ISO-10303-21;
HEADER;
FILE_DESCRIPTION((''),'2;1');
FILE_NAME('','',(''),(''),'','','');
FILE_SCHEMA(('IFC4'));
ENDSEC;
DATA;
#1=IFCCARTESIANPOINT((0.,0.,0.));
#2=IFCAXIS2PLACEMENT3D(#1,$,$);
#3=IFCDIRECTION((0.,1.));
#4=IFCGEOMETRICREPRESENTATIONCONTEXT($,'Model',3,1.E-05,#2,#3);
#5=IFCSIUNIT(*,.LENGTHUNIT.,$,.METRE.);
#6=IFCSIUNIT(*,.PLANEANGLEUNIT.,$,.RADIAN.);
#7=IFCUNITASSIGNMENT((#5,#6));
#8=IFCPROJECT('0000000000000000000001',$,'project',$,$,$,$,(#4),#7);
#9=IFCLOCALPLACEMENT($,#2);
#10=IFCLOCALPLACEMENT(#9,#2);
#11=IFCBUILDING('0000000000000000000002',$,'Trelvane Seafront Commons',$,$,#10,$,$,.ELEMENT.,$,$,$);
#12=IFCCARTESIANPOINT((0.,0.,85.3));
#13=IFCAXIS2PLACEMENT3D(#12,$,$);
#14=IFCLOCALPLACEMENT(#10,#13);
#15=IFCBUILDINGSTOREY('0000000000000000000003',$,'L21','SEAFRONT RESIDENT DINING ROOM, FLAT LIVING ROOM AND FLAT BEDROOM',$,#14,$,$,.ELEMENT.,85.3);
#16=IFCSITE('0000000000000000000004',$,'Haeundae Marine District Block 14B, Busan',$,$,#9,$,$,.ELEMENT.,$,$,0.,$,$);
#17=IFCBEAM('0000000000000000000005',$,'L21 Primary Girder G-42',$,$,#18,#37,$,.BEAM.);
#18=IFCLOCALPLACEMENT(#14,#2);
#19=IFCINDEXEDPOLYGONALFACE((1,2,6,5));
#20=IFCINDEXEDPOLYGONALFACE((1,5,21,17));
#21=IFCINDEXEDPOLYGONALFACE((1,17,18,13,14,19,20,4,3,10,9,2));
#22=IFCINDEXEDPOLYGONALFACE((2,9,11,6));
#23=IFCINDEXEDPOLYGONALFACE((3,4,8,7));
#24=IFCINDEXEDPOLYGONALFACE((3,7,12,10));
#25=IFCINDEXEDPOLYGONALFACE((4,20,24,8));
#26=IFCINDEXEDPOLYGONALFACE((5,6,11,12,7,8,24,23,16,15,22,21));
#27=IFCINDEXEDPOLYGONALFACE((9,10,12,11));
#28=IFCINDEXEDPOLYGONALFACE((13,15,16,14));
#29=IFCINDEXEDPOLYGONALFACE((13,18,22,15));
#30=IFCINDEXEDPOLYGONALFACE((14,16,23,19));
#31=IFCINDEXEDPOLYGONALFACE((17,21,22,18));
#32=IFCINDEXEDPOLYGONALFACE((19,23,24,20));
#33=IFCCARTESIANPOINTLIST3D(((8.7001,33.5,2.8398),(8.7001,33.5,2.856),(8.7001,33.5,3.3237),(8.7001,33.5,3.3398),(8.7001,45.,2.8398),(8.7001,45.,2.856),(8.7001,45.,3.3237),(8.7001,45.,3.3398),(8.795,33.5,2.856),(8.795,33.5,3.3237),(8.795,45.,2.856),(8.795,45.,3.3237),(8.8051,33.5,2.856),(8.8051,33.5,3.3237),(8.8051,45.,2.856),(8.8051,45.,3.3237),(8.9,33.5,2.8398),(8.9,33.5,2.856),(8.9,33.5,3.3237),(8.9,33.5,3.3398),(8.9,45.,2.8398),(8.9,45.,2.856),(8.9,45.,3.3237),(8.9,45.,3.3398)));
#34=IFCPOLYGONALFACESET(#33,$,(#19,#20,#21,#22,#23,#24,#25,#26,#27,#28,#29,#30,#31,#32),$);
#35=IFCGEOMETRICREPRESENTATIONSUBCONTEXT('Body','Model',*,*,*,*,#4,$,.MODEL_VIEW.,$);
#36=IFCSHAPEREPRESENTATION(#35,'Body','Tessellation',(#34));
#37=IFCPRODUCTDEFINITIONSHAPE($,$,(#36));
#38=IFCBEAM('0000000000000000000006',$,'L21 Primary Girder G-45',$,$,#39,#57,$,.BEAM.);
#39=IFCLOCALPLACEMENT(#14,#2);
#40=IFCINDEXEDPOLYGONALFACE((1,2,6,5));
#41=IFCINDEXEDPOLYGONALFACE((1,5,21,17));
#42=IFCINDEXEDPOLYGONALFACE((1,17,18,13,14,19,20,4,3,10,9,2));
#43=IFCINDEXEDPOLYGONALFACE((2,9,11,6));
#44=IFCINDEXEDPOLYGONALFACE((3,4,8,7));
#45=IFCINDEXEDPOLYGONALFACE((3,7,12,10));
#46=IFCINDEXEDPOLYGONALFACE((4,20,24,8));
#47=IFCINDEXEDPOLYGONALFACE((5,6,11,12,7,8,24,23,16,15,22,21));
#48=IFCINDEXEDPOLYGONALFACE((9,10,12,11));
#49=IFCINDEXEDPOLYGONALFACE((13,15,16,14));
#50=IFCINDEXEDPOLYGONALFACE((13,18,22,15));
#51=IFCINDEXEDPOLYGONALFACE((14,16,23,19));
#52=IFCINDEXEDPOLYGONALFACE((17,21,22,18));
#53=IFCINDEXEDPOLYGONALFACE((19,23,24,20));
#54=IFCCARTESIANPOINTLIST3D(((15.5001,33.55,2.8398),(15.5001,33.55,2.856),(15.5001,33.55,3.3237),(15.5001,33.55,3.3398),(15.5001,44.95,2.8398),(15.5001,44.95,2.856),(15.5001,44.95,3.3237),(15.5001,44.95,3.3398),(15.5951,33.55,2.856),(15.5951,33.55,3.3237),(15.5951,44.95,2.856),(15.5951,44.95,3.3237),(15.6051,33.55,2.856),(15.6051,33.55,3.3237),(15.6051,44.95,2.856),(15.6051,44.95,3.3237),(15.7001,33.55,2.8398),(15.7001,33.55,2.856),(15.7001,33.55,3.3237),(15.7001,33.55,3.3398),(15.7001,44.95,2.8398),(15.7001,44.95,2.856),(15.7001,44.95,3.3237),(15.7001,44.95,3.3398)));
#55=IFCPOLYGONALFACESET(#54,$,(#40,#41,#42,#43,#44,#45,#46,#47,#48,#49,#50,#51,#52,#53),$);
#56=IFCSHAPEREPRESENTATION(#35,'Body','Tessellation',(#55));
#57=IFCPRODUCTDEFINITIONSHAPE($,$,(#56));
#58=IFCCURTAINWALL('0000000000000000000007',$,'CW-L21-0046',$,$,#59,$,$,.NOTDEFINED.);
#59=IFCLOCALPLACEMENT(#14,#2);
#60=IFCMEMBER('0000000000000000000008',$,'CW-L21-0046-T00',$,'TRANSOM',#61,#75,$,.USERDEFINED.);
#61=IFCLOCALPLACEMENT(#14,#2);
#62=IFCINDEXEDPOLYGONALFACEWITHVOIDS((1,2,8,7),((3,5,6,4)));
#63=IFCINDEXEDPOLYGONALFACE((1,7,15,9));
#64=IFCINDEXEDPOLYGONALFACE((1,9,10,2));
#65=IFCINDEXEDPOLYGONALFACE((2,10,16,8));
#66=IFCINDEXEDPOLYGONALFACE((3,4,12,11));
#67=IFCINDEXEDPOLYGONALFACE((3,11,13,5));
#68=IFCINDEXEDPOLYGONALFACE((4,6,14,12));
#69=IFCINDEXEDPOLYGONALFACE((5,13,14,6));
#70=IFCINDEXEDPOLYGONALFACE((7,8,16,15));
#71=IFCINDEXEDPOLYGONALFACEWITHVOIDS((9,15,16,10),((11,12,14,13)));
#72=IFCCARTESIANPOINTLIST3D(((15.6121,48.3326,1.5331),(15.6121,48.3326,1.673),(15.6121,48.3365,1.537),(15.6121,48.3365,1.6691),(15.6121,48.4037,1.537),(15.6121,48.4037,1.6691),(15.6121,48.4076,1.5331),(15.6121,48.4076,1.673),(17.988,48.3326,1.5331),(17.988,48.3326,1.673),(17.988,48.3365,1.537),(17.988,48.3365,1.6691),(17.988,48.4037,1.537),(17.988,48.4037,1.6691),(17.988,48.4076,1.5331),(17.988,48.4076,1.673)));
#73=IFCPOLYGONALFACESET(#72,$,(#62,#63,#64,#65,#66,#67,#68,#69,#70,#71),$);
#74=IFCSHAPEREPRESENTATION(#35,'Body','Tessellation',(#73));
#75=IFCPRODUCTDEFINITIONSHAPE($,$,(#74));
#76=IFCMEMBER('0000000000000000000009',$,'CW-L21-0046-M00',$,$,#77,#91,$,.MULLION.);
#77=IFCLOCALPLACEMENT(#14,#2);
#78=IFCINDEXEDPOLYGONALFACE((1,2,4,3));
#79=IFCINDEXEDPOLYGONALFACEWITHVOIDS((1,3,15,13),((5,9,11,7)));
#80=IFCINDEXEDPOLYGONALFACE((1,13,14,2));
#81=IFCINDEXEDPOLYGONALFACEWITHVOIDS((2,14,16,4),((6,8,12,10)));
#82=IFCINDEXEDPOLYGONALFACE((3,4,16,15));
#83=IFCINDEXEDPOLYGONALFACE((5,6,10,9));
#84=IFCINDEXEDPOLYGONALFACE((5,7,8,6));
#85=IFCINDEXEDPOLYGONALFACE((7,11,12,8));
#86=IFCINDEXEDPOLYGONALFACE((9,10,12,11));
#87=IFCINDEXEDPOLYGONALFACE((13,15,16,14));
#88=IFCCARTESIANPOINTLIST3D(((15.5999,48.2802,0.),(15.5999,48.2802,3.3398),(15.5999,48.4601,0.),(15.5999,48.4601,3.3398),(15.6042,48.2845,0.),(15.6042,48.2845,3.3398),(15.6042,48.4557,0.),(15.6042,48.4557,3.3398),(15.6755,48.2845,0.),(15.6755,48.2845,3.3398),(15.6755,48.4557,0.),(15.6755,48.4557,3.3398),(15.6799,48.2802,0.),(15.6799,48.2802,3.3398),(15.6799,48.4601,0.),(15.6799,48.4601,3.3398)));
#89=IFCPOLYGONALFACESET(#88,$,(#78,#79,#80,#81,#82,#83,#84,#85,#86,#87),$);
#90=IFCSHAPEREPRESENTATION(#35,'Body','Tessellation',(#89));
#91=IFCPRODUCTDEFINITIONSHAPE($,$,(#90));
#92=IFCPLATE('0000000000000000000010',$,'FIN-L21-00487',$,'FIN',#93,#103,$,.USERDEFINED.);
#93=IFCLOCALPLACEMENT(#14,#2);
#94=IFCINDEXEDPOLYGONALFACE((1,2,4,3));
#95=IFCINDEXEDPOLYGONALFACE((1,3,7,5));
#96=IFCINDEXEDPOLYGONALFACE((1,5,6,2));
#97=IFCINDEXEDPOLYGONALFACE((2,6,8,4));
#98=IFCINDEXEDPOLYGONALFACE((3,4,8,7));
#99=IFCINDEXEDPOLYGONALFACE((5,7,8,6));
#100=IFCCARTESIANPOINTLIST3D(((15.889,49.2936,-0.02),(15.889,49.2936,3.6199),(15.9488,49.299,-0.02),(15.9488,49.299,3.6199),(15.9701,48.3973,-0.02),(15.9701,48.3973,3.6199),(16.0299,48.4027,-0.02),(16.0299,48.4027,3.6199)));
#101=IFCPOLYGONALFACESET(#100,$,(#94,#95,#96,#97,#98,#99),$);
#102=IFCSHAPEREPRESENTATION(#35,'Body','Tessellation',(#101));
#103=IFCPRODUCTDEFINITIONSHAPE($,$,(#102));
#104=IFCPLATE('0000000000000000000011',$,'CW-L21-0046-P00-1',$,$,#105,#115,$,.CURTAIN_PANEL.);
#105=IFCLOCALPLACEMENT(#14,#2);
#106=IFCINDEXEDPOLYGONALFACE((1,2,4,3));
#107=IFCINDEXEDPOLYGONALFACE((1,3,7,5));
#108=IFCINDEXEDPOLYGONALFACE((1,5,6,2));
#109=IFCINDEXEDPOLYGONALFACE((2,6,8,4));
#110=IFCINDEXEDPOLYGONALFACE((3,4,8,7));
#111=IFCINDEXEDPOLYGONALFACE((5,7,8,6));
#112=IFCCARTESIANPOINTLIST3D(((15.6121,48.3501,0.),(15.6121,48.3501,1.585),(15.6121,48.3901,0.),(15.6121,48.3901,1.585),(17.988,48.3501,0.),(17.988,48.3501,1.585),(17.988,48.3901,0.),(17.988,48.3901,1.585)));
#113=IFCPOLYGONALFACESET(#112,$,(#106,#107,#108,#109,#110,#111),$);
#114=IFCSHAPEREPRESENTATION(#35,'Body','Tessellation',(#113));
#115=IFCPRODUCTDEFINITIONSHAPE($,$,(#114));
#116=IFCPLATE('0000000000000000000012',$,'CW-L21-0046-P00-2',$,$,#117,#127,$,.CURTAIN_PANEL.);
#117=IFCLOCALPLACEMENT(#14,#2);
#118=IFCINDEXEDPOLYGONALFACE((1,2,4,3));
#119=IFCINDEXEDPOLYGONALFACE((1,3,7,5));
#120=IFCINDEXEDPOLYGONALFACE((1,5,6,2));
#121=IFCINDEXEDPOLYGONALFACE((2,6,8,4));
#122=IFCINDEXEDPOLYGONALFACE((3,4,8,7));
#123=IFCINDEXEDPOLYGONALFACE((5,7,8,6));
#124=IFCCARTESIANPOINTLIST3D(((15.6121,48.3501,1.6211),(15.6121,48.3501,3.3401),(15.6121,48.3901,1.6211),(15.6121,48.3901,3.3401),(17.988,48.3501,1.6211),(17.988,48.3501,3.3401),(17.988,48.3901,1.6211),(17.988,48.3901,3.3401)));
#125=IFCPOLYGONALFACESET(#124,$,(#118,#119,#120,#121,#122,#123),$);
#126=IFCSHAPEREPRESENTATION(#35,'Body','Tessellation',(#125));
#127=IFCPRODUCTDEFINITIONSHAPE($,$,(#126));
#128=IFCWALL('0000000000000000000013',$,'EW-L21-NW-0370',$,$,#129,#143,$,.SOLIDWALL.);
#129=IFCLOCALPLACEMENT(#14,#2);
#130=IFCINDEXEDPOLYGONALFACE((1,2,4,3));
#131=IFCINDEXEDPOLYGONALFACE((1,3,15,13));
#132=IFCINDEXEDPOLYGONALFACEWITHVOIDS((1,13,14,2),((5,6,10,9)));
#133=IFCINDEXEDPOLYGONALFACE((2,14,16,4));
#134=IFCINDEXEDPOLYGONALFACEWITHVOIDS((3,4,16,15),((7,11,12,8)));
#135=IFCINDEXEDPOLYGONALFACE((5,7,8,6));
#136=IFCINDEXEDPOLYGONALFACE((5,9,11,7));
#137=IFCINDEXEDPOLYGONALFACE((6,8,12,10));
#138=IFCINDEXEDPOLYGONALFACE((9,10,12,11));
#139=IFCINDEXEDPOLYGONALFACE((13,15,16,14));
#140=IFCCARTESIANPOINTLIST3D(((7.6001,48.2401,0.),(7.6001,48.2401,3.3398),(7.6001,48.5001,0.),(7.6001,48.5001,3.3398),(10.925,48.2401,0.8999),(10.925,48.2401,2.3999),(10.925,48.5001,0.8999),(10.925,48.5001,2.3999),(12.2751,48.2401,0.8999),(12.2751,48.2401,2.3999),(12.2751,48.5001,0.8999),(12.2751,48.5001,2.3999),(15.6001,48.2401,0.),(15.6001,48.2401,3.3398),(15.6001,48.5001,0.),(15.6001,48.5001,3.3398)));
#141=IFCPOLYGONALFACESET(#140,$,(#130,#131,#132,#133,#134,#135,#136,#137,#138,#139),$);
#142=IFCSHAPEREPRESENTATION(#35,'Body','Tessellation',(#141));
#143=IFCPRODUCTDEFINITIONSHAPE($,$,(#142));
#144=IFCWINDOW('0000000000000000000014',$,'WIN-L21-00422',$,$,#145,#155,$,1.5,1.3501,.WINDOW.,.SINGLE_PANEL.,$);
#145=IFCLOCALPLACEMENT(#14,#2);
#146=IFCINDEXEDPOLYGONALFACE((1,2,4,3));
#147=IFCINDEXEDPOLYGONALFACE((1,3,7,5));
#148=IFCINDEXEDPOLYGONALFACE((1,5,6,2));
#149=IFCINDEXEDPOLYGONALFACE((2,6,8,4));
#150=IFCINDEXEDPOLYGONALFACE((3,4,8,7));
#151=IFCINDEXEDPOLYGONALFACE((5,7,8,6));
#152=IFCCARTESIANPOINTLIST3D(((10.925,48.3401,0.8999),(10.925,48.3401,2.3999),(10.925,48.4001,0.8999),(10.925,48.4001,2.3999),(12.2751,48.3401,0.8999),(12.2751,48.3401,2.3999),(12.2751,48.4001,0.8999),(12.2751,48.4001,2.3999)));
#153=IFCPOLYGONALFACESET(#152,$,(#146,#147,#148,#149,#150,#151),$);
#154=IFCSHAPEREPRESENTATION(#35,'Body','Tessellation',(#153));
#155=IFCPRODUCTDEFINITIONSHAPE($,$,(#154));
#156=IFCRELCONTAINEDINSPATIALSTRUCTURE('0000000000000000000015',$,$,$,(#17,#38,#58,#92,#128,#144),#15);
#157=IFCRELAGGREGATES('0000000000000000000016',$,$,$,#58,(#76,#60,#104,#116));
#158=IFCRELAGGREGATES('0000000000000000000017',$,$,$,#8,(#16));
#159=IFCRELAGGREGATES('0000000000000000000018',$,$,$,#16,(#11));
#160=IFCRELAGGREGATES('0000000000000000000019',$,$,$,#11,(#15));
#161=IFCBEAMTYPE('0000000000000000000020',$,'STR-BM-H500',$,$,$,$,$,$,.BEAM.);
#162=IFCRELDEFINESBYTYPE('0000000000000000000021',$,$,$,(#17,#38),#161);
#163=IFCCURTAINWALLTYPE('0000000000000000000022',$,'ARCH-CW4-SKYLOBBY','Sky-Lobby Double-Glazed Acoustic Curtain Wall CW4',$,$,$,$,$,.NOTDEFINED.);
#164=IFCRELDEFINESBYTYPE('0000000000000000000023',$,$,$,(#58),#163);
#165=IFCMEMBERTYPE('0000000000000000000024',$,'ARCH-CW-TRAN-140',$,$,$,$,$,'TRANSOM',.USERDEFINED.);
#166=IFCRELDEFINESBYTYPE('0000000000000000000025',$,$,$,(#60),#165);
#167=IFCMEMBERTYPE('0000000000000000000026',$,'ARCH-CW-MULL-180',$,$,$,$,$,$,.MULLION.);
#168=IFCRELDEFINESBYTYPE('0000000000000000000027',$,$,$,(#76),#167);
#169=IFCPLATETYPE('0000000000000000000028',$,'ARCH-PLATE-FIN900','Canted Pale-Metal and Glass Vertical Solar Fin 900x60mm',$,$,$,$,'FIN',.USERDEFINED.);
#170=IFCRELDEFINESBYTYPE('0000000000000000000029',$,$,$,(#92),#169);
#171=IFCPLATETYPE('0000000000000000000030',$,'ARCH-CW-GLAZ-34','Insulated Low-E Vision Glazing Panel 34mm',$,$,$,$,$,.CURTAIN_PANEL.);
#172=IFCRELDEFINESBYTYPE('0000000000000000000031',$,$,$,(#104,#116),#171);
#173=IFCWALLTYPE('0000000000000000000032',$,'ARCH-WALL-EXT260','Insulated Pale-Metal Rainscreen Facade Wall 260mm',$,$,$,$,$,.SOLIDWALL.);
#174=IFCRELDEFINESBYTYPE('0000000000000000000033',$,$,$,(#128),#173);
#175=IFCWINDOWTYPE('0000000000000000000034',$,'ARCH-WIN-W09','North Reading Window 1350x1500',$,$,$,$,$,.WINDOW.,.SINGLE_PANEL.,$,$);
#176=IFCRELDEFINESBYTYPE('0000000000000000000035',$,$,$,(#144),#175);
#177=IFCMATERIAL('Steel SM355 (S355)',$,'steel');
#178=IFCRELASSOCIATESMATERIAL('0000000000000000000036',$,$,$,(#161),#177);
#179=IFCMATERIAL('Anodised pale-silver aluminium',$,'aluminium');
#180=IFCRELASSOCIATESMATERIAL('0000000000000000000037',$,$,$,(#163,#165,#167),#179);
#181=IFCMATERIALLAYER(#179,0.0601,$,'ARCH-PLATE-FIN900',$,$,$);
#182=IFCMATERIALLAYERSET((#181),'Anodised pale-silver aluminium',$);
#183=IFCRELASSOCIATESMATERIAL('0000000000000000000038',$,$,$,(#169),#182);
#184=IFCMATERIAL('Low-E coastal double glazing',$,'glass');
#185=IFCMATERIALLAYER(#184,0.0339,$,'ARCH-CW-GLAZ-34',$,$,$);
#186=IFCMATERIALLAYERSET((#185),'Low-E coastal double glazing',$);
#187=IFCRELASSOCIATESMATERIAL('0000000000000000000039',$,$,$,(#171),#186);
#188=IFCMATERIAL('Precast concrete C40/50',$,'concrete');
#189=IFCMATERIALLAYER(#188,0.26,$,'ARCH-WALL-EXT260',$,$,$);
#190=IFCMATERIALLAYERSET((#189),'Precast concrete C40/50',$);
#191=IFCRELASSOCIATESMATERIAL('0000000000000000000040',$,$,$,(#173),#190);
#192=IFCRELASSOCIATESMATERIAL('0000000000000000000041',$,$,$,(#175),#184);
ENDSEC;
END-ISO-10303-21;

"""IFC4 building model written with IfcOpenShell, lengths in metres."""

from ifc_helpers import new_model, si_unit, direction, frame, frame_2d, origin, origin_2d, place, context, subcontext, project, spatial, rectangle, hollow_rectangle, i_section, extrude, source, transform, mapped, material, layer, layer_set, material_profile, profile_set, type_object, element, fill, aggregate, save


model = new_model("IFC4")

# Units and contexts
model_context = context("Model", 3, precision=1e-05, world=origin(), true_north=direction((0.0, 1.0)))
body_context = subcontext(model_context, "Body", "Model", "MODEL_VIEW")
ifc_project = project(units=[si_unit("LENGTHUNIT", "METRE"), si_unit("PLANEANGLEUNIT", "RADIAN")], contexts=[model_context])

# Site, building, storey
site_placement = place(None, origin())
site = spatial("IfcSite", under=ifc_project, at=site_placement, Name="Haeundae Marine District Block 14B, Busan", CompositionType="ELEMENT", RefElevation=0.0)
building_placement = place(site_placement, origin())
building = spatial("IfcBuilding", under=site, at=building_placement, Name="Trelvane Seafront Commons", CompositionType="ELEMENT")
storey_placement = place(building_placement, frame((0.0, 0.0, 85.3)))
storey = spatial("IfcBuildingStorey", under=building, at=storey_placement, Name="L21", Description="SEAFRONT RESIDENT DINING ROOM, FLAT LIVING ROOM AND FLAT BEDROOM", CompositionType="ELEMENT", Elevation=85.3)

# Shared definitions
ifc_material_1 = material(Name="Steel SM355 (S355)", Category="steel")

# Beams
ifc_material_profile_1 = material_profile(ifc_material_1, i_section(OverallWidth=0.2, OverallDepth=0.5, WebThickness=0.01, FlangeThickness=0.0161, at=origin_2d()), Name="H-500x200x10x16")
ifc_profile_set_1 = profile_set([ifc_material_profile_1], Name="Steel SM355 (S355)")
beam_type_1 = type_object("IfcBeamType", Name="STR-BM-H500", PredefinedType="BEAM", material=ifc_profile_set_1)
shared_shape_1 = source(origin(), body_context, "Body", "SweptSolid", [
    extrude(i_section(OverallWidth=0.2, OverallDepth=0.5, WebThickness=0.01, FlangeThickness=0.0161, at=origin_2d()), origin(), (0.0, 0.0, 1.0), 11.5),
])
for number, where, z_axis, x_axis, name in (
    (1, (8.8, 33.5, 3.0898), (0.0, 1.0, 0.0), (-1.0, 0.0, 0.0), "L21 Primary Girder G-42"),
):
    element("IfcBeam", number, at=place(storey_placement, frame(where, z_axis=z_axis, x_axis=x_axis)), inside=storey, type_object=beam_type_1, Name=name, PredefinedType="BEAM", context=body_context, shape_type="MappedRepresentation", body=[
        mapped(shared_shape_1, transform((0.0, 0.0, 0.0), x_axis=(1.0, 0.0, 0.0), y_axis=(0.0, 1.0, 0.0), z_axis=(0.0, 0.0, 1.0), scale=1.0)),
    ])
shared_shape_2 = source(origin(), body_context, "Body", "SweptSolid", [
    extrude(i_section(OverallWidth=0.2, OverallDepth=0.5, WebThickness=0.01, FlangeThickness=0.0161, at=origin_2d()), origin(), (0.0, 0.0, 1.0), 11.3999),
])
beam_1_placement = place(storey_placement, frame((15.6001, 33.55, 3.0898), z_axis=(0.0, 1.0, 0.0), x_axis=(-1.0, 0.0, 0.0)))
element("IfcBeam", 2, at=beam_1_placement, inside=storey, type_object=beam_type_1, Name="L21 Primary Girder G-45", PredefinedType="BEAM", context=body_context, shape_type="MappedRepresentation", body=[
    mapped(shared_shape_2, transform((0.0, 0.0, 0.0), x_axis=(1.0, 0.0, 0.0), y_axis=(0.0, 1.0, 0.0), z_axis=(0.0, 0.0, 1.0), scale=1.0)),
])

# Curtain wall, members
ifc_material_2 = material(Name="Anodised pale-silver aluminium", Category="aluminium")
curtain_wall_type = type_object("IfcCurtainWallType", Name="ARCH-CW4-SKYLOBBY", Description="Sky-Lobby Double-Glazed Acoustic Curtain Wall CW4", PredefinedType="NOTDEFINED", material=ifc_material_2)
curtain_wall_placement = place(storey_placement, origin())
curtain_wall = element("IfcCurtainWall", 3, at=curtain_wall_placement, inside=storey, type_object=curtain_wall_type, Name="CW-L21-0046", PredefinedType="NOTDEFINED")
ifc_material_profile_2 = material_profile(ifc_material_2, hollow_rectangle(XDim=0.075, YDim=0.1399, WallThickness=0.0039, at=origin_2d()), Name="TRAN-75x140x4")
ifc_profile_set_2 = profile_set([ifc_material_profile_2], Name="Anodised pale-silver aluminium")
member_type_1 = type_object("IfcMemberType", Name="ARCH-CW-TRAN-140", ElementType="TRANSOM", PredefinedType="USERDEFINED", material=ifc_profile_set_2)
shared_shape_3 = source(origin(), body_context, "Body", "SweptSolid", [
    extrude(hollow_rectangle(XDim=0.075, YDim=0.1399, WallThickness=0.0039, at=origin_2d()), origin(), (0.0, 0.0, 1.0), 2.376),
])
member_1_placement = place(storey_placement, frame((15.6121, 48.3701, 1.603), z_axis=(1.0, 0.0, 0.0), x_axis=(0.0, 1.0, 0.0)))
member_1 = element("IfcMember", 4, at=member_1_placement, type_object=member_type_1, Name="CW-L21-0046-T00", ObjectType="TRANSOM", PredefinedType="USERDEFINED", context=body_context, shape_type="MappedRepresentation", body=[
    mapped(shared_shape_3, transform((0.0, 0.0, 0.0), x_axis=(1.0, 0.0, 0.0), y_axis=(0.0, 1.0, 0.0), z_axis=(0.0, 0.0, 1.0), scale=1.0)),
])
ifc_material_profile_3 = material_profile(ifc_material_2, hollow_rectangle(XDim=0.0801, YDim=0.1799, WallThickness=0.0044, at=origin_2d()), Name="MULL-80x180x4.5")
ifc_profile_set_3 = profile_set([ifc_material_profile_3], Name="Anodised pale-silver aluminium")
member_type_2 = type_object("IfcMemberType", Name="ARCH-CW-MULL-180", PredefinedType="MULLION", material=ifc_profile_set_3)
shared_shape_4 = source(origin(), body_context, "Body", "SweptSolid", [
    extrude(hollow_rectangle(XDim=0.0801, YDim=0.1799, WallThickness=0.0044, at=origin_2d()), origin(), (0.0, 0.0, 1.0), 3.3398),
])
member_2_placement = place(storey_placement, frame((15.6399, 48.3701, 0.0), z_axis=(0.0, 0.0, 1.0), x_axis=(1.0, 0.0, 0.0)))
member_2 = element("IfcMember", 5, at=member_2_placement, type_object=member_type_2, Name="CW-L21-0046-M00", PredefinedType="MULLION", context=body_context, shape_type="MappedRepresentation", body=[
    mapped(shared_shape_4, transform((0.0, 0.0, 0.0), x_axis=(1.0, 0.0, 0.0), y_axis=(0.0, 1.0, 0.0), z_axis=(0.0, 0.0, 1.0), scale=1.0)),
])

# Plates
ifc_layer_1 = layer(ifc_material_2, 0.0601, Name="ARCH-PLATE-FIN900")
ifc_layer_set_1 = layer_set([ifc_layer_1], Name="Anodised pale-silver aluminium")
plate_type_1 = type_object("IfcPlateType", Name="ARCH-PLATE-FIN900", Description="Canted Pale-Metal and Glass Vertical Solar Fin 900x60mm", ElementType="FIN", PredefinedType="USERDEFINED", material=ifc_layer_set_1)
shared_shape_5 = source(origin(), body_context, "Body", "SweptSolid", [
    extrude(rectangle(XDim=0.8999, YDim=0.0601, at=origin_2d()), origin(), (0.0, 0.0, 1.0), 3.6399),
])
plate_1_placement = place(storey_placement, frame((15.9595, 48.8481, -0.02), z_axis=(0.0, 0.0, 1.0), x_axis=(-0.090115, 0.995931, 0.0)))
element("IfcPlate", 6, at=plate_1_placement, inside=storey, type_object=plate_type_1, Name="FIN-L21-00487", ObjectType="FIN", PredefinedType="USERDEFINED", context=body_context, shape_type="MappedRepresentation", body=[
    mapped(shared_shape_5, transform((0.0, 0.0, 0.0), x_axis=(1.0, 0.0, 0.0), y_axis=(0.0, 1.0, 0.0), z_axis=(0.0, 0.0, 1.0), scale=1.0)),
])
ifc_material_3 = material(Name="Low-E coastal double glazing", Category="glass")
ifc_layer_2 = layer(ifc_material_3, 0.0339, Name="ARCH-CW-GLAZ-34")
ifc_layer_set_2 = layer_set([ifc_layer_2], Name="Low-E coastal double glazing")
plate_type_2 = type_object("IfcPlateType", Name="ARCH-CW-GLAZ-34", Description="Insulated Low-E Vision Glazing Panel 34mm", PredefinedType="CURTAIN_PANEL", material=ifc_layer_set_2)
shared_shape_6 = source(origin(), body_context, "Body", "SweptSolid", [
    extrude(rectangle(XDim=2.376, YDim=0.04, at=origin_2d()), origin(), (0.0, 0.0, 1.0), 1.585),
])
plate_2_placement = place(storey_placement, frame((16.8, 48.3701, 0.0), z_axis=(0.0, 0.0, 1.0), x_axis=(1.0, 0.0, 0.0)))
plate_2 = element("IfcPlate", 7, at=plate_2_placement, type_object=plate_type_2, Name="CW-L21-0046-P00-1", PredefinedType="CURTAIN_PANEL", context=body_context, shape_type="MappedRepresentation", body=[
    mapped(shared_shape_6, transform((0.0, 0.0, 0.0), x_axis=(1.0, 0.0, 0.0), y_axis=(0.0, 1.0, 0.0), z_axis=(0.0, 0.0, 1.0), scale=1.0)),
])
shared_shape_7 = source(origin(), body_context, "Body", "SweptSolid", [
    extrude(rectangle(XDim=2.376, YDim=0.04, at=origin_2d()), origin(), (0.0, 0.0, 1.0), 1.719),
])
plate_3_placement = place(storey_placement, frame((16.8, 48.3701, 1.6211), z_axis=(0.0, 0.0, 1.0), x_axis=(1.0, 0.0, 0.0)))
plate_3 = element("IfcPlate", 8, at=plate_3_placement, type_object=plate_type_2, Name="CW-L21-0046-P00-2", PredefinedType="CURTAIN_PANEL", context=body_context, shape_type="MappedRepresentation", body=[
    mapped(shared_shape_7, transform((0.0, 0.0, 0.0), x_axis=(1.0, 0.0, 0.0), y_axis=(0.0, 1.0, 0.0), z_axis=(0.0, 0.0, 1.0), scale=1.0)),
])
aggregate(curtain_wall, [member_2, member_1, plate_2, plate_3])

# Wall, opening, window
ifc_material_4 = material(Name="Precast concrete C40/50", Category="concrete")
ifc_layer_3 = layer(ifc_material_4, 0.26, Name="ARCH-WALL-EXT260")
ifc_layer_set_3 = layer_set([ifc_layer_3], Name="Precast concrete C40/50")
wall_type_1 = type_object("IfcWallType", Name="ARCH-WALL-EXT260", Description="Insulated Pale-Metal Rainscreen Facade Wall 260mm", PredefinedType="SOLIDWALL", material=ifc_layer_set_3)
wall_1_placement = place(storey_placement, frame((7.6001, 48.3701, 0.0), z_axis=(0.0, 0.0, 1.0), x_axis=(1.0, 0.0, 0.0)))
wall_1 = element("IfcWall", 9, at=wall_1_placement, inside=storey, type_object=wall_type_1, Name="EW-L21-NW-0370", PredefinedType="SOLIDWALL", context=body_context, shape_type="SweptSolid", body=[
    extrude(rectangle(XDim=8.0, YDim=0.26, at=frame_2d((4.0, 0.0))), origin(), (0.0, 0.0, 1.0), 3.3398),
])
opening_1_placement = place(wall_1_placement, frame((3.325, 0.0, 0.8999)))
opening_1 = element("IfcOpeningElement", 10, at=opening_1_placement, cuts=wall_1, PredefinedType="OPENING", context=body_context, shape_type="SweptSolid", body=[
    extrude(rectangle(XDim=1.3501, YDim=1.5, at=frame_2d((0.675, 0.75))), frame((0.0, 0.1399, 0.0), z_axis=(0.0, -1.0, 0.0), x_axis=(1.0, 0.0, 0.0)), (0.0, 0.0, 1.0), 0.28),
])
window_type = type_object("IfcWindowType", Name="ARCH-WIN-W09", Description="North Reading Window 1350x1500", PartitioningType="SINGLE_PANEL", PredefinedType="WINDOW", material=ifc_material_3)
shared_shape_8 = source(origin(), body_context, "Body", "SweptSolid", [
    extrude(rectangle(XDim=1.3501, YDim=1.5, at=frame_2d((0.675, 0.75))), frame((0.0, 0.03, 0.0), z_axis=(0.0, -1.0, 0.0), x_axis=(1.0, 0.0, 0.0)), (0.0, 0.0, 1.0), 0.0601),
])
window_placement = place(opening_1_placement, origin())
window = element("IfcWindow", 11, at=window_placement, inside=storey, type_object=window_type, Name="WIN-L21-00422", OverallHeight=1.5, OverallWidth=1.3501, PartitioningType="SINGLE_PANEL", PredefinedType="WINDOW", context=body_context, shape_type="MappedRepresentation", body=[
    mapped(shared_shape_8, transform((0.0, 0.0, 0.0), x_axis=(1.0, 0.0, 0.0), y_axis=(0.0, 1.0, 0.0), z_axis=(0.0, 0.0, 1.0), scale=1.0)),
])
fill(opening_1, window)

save(model, "model.ifc")
